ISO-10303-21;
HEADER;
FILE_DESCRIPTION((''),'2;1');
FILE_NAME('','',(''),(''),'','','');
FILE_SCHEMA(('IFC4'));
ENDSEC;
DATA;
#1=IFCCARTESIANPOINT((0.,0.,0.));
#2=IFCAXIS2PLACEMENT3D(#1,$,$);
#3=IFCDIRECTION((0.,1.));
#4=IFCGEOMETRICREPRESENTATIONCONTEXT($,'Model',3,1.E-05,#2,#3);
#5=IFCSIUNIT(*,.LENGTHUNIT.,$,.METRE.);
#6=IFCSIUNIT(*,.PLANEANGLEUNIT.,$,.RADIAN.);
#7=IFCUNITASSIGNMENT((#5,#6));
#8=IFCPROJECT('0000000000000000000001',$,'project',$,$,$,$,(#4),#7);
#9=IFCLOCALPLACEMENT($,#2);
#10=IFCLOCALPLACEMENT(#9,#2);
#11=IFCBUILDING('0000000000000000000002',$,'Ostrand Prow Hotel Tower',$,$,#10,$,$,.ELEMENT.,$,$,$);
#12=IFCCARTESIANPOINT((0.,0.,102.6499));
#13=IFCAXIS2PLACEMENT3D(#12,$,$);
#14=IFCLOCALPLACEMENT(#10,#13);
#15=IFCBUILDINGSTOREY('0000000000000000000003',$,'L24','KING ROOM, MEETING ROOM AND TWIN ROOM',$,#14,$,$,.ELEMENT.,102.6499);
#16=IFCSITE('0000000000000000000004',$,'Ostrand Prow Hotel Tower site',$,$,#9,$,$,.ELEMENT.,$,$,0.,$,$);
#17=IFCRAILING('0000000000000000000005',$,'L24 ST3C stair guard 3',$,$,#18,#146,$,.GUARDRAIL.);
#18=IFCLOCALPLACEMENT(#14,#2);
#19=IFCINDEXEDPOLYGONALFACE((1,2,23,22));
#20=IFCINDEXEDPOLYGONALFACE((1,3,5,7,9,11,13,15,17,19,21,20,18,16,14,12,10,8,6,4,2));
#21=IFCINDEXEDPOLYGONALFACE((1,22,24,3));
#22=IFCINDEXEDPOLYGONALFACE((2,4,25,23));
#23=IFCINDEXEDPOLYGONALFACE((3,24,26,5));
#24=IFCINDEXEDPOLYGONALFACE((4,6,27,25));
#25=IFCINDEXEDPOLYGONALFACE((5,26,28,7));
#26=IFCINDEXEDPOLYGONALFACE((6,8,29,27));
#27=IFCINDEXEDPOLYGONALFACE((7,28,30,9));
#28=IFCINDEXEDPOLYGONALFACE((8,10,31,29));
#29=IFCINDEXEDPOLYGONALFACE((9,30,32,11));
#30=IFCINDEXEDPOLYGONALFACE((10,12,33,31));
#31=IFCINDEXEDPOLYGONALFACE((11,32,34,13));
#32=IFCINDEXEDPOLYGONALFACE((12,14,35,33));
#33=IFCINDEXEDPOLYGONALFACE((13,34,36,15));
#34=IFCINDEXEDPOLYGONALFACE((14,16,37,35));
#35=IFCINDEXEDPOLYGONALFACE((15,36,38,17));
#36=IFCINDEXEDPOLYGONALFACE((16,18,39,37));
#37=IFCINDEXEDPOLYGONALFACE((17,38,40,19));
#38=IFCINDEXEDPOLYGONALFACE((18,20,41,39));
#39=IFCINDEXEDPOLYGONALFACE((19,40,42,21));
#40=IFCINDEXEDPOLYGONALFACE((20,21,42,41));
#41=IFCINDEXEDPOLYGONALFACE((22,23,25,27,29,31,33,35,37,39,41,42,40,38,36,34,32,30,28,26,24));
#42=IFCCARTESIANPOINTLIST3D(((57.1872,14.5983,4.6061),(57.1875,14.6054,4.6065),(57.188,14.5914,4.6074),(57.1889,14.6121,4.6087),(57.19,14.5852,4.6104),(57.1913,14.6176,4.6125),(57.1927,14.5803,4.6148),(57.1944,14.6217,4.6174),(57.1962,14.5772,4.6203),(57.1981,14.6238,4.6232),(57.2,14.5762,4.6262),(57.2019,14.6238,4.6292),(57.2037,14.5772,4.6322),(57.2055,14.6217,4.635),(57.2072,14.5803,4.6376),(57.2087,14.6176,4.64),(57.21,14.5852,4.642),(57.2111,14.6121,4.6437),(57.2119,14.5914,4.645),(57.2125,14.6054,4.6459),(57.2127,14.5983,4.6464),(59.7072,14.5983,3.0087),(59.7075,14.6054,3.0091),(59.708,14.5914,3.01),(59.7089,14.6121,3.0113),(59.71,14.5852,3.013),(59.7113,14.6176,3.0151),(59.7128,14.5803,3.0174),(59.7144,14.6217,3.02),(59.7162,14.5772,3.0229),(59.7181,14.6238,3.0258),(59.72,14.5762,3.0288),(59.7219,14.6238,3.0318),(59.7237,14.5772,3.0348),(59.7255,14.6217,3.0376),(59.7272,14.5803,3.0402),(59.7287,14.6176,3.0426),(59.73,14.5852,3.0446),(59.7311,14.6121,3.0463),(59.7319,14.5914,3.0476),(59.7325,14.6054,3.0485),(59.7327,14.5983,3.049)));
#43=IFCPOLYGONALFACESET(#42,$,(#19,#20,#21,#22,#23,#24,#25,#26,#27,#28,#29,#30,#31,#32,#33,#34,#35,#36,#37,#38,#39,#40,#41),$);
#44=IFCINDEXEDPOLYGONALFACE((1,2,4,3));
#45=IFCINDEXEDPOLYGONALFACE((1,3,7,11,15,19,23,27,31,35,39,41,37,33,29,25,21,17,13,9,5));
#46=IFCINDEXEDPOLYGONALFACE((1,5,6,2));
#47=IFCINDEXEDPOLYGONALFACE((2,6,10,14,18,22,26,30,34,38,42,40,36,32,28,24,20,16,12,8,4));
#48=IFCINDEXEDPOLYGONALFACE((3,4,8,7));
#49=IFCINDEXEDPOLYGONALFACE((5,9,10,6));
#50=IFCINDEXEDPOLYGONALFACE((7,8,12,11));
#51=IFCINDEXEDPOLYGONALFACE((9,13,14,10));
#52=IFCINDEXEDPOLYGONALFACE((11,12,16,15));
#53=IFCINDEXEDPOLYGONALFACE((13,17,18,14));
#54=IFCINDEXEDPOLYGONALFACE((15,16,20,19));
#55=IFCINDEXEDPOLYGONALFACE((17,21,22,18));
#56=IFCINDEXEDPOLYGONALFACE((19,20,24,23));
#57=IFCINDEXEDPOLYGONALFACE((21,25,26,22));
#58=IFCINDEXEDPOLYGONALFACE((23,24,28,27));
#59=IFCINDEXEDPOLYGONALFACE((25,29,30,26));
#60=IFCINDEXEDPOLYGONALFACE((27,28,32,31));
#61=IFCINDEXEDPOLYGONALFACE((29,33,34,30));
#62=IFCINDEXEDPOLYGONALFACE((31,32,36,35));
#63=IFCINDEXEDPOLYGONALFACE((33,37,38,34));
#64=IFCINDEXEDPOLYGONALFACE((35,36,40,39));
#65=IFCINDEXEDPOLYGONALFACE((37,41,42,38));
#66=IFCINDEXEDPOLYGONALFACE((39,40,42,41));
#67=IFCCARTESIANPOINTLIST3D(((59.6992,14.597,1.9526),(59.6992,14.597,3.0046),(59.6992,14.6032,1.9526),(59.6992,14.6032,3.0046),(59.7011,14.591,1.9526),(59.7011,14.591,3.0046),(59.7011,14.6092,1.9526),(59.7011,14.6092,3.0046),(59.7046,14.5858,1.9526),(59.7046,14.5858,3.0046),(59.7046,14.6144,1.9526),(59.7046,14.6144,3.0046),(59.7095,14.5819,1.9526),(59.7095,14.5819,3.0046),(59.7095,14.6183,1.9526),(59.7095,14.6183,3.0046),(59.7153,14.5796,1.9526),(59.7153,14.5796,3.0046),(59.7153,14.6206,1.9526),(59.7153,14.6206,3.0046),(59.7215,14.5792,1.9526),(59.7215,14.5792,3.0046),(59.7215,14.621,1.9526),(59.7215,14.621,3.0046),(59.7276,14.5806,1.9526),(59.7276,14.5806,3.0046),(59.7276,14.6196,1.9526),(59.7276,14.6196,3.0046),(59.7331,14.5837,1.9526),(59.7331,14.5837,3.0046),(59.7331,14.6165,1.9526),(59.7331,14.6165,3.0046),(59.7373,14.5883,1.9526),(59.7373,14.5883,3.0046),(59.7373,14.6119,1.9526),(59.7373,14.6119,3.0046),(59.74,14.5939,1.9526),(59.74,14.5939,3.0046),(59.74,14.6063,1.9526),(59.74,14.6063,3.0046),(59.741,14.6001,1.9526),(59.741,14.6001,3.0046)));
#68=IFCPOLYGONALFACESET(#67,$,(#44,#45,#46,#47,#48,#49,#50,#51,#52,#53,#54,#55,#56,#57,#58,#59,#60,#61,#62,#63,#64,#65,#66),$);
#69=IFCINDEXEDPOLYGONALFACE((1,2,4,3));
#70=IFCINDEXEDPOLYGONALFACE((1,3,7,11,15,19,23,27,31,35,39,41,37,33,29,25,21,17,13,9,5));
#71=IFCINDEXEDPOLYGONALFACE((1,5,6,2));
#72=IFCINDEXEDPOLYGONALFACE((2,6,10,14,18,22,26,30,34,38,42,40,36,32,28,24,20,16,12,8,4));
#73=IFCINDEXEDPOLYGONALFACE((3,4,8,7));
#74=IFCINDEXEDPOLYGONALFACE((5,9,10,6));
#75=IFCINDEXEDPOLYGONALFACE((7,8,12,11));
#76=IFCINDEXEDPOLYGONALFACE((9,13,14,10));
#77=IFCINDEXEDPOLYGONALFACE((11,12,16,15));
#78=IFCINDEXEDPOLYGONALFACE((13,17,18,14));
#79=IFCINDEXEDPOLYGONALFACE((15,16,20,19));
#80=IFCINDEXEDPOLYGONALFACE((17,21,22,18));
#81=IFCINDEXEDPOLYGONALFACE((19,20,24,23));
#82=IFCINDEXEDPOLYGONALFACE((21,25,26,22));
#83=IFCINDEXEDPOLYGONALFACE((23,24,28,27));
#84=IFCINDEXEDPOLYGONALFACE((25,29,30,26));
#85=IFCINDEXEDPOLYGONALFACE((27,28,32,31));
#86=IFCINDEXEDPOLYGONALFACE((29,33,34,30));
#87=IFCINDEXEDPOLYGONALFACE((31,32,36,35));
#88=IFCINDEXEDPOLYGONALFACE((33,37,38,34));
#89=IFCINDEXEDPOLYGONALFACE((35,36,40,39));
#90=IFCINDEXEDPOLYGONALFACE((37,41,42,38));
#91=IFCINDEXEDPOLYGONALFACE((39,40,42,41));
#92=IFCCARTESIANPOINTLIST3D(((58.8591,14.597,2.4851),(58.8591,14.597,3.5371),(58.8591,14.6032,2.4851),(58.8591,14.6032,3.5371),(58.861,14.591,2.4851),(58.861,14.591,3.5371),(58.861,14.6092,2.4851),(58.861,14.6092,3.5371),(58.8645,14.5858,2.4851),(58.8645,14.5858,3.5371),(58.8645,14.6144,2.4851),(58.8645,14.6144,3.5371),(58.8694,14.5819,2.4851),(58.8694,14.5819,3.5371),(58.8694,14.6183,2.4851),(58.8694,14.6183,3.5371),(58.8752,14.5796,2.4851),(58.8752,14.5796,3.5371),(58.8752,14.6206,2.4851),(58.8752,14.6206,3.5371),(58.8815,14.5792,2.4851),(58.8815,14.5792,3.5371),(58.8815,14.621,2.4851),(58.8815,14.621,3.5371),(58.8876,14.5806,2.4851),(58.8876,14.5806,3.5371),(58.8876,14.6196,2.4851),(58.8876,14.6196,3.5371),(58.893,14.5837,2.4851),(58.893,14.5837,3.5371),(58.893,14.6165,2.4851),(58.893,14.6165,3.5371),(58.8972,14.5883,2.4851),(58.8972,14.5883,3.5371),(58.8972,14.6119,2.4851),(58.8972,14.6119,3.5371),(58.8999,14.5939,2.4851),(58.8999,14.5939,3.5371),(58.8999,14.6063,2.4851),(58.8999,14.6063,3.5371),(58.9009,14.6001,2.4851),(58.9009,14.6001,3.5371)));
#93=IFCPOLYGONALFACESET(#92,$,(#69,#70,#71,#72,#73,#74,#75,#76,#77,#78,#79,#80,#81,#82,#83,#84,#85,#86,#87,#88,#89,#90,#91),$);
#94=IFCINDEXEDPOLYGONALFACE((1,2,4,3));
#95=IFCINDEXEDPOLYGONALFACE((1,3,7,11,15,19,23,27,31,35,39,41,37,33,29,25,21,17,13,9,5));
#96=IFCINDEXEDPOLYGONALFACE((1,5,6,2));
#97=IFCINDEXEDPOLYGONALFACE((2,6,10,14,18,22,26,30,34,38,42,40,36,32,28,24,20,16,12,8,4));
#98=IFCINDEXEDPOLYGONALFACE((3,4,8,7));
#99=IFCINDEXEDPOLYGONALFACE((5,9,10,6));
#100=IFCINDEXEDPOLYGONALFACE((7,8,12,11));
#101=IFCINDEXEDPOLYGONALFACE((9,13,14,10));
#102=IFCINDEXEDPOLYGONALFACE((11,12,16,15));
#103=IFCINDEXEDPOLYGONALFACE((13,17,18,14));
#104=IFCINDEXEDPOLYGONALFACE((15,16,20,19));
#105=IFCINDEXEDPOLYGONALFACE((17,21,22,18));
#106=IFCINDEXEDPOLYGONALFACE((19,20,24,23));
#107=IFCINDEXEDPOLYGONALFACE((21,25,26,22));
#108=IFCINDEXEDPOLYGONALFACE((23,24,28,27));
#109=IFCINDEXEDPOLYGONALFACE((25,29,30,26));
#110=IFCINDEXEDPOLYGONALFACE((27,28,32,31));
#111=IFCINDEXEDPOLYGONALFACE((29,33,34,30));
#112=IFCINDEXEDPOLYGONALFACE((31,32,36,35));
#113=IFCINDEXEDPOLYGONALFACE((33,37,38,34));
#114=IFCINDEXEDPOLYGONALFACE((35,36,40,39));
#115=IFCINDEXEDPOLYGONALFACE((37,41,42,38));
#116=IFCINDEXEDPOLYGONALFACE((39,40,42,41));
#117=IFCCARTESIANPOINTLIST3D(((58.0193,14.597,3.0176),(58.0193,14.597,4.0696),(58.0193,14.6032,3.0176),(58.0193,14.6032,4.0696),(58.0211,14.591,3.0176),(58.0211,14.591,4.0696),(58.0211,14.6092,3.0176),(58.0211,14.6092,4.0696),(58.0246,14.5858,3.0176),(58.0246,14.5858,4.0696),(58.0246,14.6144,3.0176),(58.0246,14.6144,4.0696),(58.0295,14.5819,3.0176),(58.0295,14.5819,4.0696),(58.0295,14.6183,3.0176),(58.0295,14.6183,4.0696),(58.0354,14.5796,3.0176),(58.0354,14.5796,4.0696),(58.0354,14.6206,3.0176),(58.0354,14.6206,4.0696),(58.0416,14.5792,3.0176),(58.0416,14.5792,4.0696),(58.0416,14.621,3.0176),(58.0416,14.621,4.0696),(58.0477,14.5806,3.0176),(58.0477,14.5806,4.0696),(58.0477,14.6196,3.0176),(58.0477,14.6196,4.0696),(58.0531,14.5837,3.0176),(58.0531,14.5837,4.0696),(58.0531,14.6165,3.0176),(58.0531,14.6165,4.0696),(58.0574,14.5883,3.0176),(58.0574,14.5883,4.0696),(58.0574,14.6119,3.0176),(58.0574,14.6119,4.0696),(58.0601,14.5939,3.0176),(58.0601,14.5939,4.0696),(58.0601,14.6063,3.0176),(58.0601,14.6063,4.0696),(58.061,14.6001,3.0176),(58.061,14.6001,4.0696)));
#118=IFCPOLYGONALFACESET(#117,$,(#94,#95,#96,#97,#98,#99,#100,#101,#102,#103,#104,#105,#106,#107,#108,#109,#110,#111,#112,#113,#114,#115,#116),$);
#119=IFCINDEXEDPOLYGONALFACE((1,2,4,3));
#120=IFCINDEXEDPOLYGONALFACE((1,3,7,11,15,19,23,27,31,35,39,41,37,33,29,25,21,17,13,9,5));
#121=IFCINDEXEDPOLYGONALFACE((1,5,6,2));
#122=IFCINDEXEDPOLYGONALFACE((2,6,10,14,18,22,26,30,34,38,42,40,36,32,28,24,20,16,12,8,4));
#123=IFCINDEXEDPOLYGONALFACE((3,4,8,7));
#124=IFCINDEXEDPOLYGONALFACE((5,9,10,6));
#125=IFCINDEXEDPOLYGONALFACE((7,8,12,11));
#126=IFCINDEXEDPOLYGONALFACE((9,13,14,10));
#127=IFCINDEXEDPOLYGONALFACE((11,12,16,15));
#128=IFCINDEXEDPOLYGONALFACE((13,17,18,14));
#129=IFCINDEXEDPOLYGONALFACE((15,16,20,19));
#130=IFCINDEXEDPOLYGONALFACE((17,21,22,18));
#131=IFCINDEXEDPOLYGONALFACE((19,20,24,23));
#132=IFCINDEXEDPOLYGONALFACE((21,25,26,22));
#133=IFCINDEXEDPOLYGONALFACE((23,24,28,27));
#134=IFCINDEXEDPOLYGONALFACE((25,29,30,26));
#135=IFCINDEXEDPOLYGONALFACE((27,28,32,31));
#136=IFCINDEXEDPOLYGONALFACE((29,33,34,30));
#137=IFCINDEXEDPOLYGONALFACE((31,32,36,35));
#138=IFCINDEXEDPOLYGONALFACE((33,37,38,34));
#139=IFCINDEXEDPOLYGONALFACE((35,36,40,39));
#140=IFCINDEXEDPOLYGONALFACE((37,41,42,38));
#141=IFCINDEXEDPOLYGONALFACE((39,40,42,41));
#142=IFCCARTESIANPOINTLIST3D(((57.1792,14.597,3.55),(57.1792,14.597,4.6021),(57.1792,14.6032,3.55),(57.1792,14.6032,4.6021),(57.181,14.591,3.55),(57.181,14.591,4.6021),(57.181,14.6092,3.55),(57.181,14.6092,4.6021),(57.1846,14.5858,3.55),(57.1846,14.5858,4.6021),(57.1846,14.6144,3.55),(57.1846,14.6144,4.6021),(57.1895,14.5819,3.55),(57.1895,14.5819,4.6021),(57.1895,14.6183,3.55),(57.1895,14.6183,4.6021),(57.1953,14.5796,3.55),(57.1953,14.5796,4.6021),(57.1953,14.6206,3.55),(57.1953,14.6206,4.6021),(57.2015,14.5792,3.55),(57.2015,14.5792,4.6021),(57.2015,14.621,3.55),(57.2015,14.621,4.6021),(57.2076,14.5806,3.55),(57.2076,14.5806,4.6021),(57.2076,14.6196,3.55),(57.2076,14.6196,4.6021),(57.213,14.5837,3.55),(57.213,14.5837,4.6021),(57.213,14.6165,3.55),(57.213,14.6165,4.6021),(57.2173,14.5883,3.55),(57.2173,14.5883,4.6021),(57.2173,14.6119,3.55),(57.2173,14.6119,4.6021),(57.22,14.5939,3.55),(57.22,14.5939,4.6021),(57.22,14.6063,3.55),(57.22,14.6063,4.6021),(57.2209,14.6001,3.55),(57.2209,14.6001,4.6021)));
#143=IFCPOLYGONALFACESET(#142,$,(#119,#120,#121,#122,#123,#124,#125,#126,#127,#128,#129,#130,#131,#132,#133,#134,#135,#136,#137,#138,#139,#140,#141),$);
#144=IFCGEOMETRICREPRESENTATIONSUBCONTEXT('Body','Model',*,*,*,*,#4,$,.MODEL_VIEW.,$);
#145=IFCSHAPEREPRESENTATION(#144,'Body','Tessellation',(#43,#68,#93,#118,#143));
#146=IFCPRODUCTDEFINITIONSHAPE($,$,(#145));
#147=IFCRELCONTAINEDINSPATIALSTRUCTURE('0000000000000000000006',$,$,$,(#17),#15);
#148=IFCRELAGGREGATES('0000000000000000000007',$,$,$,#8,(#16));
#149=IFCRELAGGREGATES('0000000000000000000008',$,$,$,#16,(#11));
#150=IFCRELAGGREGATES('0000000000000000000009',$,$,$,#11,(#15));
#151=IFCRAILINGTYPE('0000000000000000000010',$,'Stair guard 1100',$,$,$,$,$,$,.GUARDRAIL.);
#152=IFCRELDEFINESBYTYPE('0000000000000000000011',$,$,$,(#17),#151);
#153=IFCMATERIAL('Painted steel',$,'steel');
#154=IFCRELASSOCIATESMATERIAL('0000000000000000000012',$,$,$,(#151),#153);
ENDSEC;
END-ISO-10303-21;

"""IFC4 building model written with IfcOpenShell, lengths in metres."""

from ifc_helpers import new_model, si_unit, direction, frame, origin, origin_2d, place, context, subcontext, project, spatial, circle, extrude, material, type_object, element, save


model = new_model("IFC4")

# Units and contexts
model_context = context("Model", 3, precision=1e-05, world=origin(), true_north=direction((0.0, 1.0)))
body_context = subcontext(model_context, "Body", "Model", "MODEL_VIEW")
ifc_project = project(units=[si_unit("LENGTHUNIT", "METRE"), si_unit("PLANEANGLEUNIT", "RADIAN")], contexts=[model_context])

# Site, building, storey
site_placement = place(None, origin())
site = spatial("IfcSite", under=ifc_project, at=site_placement, Name="Ostrand Prow Hotel Tower site", CompositionType="ELEMENT", RefElevation=0.0)
building_placement = place(site_placement, origin())
building = spatial("IfcBuilding", under=site, at=building_placement, Name="Ostrand Prow Hotel Tower", CompositionType="ELEMENT")
storey_placement = place(building_placement, frame((0.0, 0.0, 102.6499)))
storey = spatial("IfcBuildingStorey", under=building, at=storey_placement, Name="L24", Description="KING ROOM, MEETING ROOM AND TWIN ROOM", CompositionType="ELEMENT", Elevation=102.6499)

# Railing
ifc_material_1 = material(Name="Painted steel", Category="steel")
railing_type_1 = type_object("IfcRailingType", Name="Stair guard 1100", PredefinedType="GUARDRAIL", material=ifc_material_1)
railing_1_placement = place(storey_placement, frame((59.72, 14.6001, 1.9526)))
element("IfcRailing", 1, at=railing_1_placement, inside=storey, type_object=railing_type_1, Name="L24 ST3C stair guard 3", PredefinedType="GUARDRAIL", context=body_context, shape_type="SweptSolid", body=[
    extrude(circle(Radius=0.0239, at=origin_2d()), frame((0.0, 0.0, 1.0762), z_axis=(-0.844607, 0.0, 0.535387), x_axis=(0.0, -1.0, 0.0)), (0.0, 0.0, 1.0), 2.9836),
    extrude(circle(Radius=0.021, at=origin_2d()), origin(), (0.0, 0.0, 1.0), 1.052),
    extrude(circle(Radius=0.021, at=origin_2d()), frame((-0.8401, 0.0, 0.5325)), (0.0, 0.0, 1.0), 1.052),
    extrude(circle(Radius=0.021, at=origin_2d()), frame((-1.6799, 0.0, 1.0649)), (0.0, 0.0, 1.0), 1.052),
    extrude(circle(Radius=0.021, at=origin_2d()), frame((-2.52, 0.0, 1.5974)), (0.0, 0.0, 1.0), 1.052),
])

save(model, "model.ifc")
